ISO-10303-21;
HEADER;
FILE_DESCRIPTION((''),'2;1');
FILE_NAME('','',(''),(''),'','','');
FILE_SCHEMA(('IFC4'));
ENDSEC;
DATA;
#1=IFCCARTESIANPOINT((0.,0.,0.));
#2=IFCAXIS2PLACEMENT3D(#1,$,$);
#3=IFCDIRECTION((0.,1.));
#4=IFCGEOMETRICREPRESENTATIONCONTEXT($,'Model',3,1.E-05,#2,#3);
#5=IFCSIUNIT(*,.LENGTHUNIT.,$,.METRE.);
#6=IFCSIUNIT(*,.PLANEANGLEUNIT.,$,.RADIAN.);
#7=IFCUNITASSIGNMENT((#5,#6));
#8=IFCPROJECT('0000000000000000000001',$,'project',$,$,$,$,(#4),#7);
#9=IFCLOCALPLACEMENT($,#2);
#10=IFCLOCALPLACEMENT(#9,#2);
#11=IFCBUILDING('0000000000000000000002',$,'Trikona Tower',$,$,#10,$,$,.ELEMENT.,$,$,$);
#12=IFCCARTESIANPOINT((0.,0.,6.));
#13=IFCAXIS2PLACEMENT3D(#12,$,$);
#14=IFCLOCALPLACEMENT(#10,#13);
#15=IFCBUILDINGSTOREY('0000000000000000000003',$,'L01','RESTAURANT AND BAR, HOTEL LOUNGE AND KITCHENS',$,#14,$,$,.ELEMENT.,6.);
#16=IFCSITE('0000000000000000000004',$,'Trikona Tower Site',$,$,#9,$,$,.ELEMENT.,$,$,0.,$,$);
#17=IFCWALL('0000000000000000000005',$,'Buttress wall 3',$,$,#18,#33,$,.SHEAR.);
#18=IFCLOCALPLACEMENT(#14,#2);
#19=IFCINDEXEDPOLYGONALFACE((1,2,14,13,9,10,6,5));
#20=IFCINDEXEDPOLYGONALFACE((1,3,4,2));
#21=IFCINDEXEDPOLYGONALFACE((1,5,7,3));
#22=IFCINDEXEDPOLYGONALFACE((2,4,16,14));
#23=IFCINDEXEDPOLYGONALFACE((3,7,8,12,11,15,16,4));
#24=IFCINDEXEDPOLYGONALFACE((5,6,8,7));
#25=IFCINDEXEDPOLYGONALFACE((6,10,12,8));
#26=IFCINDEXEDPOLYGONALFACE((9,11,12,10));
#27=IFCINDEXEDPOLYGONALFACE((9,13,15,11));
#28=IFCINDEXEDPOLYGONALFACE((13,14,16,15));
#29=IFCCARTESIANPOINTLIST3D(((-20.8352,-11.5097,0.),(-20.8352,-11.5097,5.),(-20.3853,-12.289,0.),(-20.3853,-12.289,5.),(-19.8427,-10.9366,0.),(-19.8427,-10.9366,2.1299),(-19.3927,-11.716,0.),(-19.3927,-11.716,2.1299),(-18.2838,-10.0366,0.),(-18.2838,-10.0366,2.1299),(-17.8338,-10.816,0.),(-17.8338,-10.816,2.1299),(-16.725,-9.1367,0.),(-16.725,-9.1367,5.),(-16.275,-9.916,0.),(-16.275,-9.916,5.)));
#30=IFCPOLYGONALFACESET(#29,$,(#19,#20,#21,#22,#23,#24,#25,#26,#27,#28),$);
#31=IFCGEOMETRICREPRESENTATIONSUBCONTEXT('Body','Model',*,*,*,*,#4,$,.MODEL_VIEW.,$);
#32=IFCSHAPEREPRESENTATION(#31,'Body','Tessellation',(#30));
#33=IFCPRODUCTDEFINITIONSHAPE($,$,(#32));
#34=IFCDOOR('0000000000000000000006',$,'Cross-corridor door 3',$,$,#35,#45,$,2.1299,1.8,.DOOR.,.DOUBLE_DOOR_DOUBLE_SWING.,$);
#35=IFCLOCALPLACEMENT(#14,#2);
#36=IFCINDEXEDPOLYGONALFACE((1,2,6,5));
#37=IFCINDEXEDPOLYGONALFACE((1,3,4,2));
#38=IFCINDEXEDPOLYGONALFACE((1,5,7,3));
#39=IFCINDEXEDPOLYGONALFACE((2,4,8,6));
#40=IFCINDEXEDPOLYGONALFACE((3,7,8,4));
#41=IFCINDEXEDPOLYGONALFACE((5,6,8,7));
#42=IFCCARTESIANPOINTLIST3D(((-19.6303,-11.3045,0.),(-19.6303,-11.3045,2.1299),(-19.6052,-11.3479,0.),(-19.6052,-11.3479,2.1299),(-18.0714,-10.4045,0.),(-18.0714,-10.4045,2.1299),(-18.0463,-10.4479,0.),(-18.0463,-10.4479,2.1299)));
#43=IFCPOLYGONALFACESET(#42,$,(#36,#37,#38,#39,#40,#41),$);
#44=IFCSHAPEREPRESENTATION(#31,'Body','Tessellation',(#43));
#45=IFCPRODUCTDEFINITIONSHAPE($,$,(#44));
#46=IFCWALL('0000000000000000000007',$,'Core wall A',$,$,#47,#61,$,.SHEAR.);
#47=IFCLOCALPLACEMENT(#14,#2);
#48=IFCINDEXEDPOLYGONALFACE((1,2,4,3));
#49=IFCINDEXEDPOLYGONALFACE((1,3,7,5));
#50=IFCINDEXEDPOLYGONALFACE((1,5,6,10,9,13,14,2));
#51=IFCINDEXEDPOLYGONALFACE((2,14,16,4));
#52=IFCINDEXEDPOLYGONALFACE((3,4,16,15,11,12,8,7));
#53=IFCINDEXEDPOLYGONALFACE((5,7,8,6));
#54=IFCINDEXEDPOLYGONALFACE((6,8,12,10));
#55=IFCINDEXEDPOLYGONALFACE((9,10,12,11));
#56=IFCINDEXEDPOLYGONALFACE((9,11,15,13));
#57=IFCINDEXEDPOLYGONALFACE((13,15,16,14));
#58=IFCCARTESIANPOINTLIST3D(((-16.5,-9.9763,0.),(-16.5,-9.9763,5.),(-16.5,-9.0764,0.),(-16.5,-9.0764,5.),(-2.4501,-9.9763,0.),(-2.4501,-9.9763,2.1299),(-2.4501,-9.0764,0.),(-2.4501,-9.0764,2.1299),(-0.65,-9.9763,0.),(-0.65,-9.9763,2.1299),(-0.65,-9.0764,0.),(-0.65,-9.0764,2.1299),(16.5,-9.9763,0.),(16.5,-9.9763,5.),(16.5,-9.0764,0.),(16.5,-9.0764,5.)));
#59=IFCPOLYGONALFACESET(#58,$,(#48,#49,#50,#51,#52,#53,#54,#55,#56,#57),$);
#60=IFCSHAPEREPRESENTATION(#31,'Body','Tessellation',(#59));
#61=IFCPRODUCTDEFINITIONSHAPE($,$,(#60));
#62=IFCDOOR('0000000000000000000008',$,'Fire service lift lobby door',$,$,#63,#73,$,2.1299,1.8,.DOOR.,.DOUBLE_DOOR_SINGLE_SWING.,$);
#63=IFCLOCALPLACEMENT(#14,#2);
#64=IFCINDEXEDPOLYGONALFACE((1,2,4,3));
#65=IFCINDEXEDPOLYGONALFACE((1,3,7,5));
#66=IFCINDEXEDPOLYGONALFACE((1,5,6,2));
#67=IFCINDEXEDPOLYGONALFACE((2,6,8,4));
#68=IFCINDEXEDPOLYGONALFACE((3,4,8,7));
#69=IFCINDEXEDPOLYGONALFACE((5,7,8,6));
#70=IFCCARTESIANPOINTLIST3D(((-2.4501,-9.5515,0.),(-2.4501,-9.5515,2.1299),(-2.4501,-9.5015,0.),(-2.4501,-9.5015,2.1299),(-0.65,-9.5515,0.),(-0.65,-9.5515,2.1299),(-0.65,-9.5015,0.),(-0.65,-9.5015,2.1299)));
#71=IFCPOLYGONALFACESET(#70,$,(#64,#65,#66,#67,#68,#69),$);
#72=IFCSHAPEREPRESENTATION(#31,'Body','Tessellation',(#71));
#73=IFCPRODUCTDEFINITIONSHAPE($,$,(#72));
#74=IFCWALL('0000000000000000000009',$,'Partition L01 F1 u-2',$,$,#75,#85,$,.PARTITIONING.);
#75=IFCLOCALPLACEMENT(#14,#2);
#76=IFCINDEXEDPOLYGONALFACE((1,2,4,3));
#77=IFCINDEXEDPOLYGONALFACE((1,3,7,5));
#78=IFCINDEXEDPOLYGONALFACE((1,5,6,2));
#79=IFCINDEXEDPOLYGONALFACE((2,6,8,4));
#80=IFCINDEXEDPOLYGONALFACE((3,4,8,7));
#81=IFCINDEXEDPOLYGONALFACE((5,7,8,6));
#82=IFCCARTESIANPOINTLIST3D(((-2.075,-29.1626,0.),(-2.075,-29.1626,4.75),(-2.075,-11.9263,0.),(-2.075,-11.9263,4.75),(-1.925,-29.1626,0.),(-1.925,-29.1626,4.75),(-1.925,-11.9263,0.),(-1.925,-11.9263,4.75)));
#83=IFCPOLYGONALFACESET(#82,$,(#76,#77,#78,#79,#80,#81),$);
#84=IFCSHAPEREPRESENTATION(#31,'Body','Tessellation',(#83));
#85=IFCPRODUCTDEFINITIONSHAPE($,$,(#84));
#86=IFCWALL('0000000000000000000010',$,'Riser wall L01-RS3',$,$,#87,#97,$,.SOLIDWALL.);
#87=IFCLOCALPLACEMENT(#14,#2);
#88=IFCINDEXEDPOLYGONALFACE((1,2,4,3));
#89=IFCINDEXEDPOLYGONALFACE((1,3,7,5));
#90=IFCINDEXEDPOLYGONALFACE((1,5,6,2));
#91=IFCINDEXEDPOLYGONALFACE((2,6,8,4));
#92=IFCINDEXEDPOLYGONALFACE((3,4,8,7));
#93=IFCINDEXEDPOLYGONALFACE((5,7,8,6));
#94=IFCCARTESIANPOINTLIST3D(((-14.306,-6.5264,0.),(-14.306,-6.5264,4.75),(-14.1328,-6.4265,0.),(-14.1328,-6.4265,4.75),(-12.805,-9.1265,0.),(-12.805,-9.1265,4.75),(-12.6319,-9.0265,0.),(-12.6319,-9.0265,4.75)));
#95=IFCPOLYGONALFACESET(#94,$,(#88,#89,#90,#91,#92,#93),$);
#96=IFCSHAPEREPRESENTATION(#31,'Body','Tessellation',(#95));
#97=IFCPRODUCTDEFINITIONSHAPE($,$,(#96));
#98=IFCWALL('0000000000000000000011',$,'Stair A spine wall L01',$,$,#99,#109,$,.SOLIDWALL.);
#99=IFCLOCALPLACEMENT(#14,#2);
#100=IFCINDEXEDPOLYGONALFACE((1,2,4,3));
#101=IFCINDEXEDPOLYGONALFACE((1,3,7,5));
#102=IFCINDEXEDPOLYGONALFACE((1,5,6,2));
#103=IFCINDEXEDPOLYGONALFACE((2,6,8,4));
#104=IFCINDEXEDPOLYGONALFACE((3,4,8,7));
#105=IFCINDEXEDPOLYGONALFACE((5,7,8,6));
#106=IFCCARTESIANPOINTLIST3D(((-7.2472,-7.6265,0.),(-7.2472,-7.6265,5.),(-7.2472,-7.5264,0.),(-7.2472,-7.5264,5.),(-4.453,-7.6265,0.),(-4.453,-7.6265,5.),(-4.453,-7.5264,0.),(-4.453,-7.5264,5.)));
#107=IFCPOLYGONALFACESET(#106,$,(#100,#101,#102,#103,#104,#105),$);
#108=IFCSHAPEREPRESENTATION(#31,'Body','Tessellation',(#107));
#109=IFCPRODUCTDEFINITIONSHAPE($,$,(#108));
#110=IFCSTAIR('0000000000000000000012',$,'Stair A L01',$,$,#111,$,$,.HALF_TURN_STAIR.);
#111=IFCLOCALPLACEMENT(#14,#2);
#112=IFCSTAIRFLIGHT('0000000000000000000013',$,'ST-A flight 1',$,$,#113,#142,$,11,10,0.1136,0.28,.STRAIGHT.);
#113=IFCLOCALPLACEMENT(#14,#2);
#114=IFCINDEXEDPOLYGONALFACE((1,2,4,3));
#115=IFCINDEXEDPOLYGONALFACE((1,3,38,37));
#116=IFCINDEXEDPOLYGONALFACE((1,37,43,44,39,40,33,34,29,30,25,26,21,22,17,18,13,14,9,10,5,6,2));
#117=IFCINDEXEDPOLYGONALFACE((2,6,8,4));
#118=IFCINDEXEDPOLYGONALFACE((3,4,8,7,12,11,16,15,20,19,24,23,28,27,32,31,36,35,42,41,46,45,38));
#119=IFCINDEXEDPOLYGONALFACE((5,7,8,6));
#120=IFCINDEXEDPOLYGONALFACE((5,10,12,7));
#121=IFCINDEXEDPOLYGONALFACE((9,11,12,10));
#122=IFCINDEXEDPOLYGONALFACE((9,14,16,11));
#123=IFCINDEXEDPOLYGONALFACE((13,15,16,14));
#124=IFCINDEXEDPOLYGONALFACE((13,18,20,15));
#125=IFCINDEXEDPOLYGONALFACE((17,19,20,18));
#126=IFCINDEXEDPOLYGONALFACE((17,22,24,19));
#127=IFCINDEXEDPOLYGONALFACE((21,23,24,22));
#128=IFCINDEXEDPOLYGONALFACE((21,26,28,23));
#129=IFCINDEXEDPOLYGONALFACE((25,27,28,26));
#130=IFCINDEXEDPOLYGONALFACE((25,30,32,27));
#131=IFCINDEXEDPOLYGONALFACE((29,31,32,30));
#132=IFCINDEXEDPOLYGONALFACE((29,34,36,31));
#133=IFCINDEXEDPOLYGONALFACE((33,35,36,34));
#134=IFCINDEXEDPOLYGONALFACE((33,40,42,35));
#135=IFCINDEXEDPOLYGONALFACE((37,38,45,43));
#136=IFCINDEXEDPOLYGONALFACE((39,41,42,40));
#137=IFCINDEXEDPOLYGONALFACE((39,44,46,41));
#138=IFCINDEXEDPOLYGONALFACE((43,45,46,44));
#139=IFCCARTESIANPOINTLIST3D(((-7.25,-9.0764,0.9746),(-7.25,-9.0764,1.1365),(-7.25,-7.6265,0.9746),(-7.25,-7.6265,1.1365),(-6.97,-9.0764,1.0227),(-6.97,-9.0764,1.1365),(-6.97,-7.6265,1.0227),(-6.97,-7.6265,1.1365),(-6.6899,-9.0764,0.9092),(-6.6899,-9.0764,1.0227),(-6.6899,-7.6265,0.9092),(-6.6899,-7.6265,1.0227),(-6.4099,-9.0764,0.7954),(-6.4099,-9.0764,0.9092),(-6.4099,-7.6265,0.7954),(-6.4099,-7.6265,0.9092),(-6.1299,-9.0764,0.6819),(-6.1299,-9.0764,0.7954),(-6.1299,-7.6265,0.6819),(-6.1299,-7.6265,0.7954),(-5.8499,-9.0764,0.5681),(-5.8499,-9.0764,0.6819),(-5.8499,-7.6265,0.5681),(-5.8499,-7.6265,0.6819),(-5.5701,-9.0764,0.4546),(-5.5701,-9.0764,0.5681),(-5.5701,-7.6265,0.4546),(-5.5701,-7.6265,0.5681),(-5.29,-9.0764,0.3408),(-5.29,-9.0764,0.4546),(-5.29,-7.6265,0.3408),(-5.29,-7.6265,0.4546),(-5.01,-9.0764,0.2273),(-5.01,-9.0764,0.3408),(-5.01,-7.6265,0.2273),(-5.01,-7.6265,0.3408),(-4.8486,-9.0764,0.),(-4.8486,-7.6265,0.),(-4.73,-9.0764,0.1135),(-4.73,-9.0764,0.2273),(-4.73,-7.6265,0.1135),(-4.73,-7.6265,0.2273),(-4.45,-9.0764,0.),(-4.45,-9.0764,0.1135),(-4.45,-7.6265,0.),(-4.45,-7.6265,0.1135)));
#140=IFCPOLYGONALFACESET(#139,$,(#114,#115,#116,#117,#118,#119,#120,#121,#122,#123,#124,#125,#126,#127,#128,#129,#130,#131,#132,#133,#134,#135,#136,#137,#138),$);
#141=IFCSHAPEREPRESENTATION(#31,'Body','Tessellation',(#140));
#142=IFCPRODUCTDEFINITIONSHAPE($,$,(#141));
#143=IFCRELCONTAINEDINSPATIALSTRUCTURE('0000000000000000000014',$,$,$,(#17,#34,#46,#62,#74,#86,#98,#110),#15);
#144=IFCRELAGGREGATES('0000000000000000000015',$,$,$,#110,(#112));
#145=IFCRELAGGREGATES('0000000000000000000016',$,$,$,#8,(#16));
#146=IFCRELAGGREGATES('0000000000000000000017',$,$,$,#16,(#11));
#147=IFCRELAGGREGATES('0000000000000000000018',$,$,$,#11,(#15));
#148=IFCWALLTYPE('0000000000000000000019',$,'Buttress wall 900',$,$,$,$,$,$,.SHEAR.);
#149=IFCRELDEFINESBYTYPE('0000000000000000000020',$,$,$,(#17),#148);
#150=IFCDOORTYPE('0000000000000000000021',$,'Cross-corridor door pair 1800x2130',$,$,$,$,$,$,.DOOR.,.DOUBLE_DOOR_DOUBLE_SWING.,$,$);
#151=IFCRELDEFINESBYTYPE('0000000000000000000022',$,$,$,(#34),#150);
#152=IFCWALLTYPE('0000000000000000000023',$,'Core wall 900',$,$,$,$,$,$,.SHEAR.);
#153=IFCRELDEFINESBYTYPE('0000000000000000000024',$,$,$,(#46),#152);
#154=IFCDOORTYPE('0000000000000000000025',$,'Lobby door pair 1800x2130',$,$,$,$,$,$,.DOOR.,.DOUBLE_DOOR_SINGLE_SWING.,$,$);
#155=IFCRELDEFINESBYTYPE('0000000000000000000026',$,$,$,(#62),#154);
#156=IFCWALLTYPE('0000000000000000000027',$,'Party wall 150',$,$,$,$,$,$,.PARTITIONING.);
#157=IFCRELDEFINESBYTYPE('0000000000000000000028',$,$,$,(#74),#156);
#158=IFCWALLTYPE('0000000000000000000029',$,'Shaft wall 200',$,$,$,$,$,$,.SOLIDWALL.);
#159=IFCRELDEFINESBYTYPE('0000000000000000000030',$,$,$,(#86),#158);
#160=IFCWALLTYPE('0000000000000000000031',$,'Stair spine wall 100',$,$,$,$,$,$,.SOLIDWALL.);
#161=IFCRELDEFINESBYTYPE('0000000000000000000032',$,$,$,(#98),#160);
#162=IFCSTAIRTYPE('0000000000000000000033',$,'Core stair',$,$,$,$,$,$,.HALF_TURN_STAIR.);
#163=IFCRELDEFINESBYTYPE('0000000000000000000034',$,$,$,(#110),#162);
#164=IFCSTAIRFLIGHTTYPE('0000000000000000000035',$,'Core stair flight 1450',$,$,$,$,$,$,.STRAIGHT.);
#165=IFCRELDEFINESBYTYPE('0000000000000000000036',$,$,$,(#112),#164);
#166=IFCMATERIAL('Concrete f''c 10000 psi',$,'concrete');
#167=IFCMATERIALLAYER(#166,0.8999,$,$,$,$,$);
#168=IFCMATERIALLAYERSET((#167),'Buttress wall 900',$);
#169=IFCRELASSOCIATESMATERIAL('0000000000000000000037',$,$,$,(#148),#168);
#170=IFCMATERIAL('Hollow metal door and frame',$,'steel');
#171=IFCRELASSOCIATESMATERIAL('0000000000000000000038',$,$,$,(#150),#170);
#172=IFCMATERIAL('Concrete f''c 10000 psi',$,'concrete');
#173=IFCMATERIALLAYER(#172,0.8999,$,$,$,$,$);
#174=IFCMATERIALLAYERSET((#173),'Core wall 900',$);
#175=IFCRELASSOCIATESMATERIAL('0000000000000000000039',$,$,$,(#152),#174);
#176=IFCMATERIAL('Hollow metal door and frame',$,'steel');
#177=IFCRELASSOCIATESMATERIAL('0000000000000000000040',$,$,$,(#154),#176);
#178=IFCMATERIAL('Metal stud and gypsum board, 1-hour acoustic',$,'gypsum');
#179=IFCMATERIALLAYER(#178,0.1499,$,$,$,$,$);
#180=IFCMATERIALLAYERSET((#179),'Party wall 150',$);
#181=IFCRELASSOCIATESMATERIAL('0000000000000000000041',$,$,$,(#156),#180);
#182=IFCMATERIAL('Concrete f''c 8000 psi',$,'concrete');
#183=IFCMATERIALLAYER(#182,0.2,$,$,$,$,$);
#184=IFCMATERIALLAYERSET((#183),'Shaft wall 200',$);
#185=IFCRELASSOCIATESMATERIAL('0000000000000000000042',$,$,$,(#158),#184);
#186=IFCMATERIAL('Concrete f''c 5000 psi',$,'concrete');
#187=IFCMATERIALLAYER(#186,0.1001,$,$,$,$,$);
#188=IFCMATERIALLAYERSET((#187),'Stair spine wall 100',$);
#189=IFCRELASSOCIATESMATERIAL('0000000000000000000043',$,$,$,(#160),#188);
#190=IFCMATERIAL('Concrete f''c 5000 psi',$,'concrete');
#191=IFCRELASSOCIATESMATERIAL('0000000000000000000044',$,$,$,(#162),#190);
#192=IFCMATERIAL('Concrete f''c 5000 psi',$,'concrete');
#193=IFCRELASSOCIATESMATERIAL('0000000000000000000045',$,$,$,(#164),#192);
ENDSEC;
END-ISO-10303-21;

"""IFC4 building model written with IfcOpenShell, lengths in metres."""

from ifc_helpers import new_model, si_unit, direction, frame, frame_2d, origin, place, context, subcontext, project, spatial, polyline, rectangle, outline, extrude, material, layer, layer_set, type_object, element, fill, aggregate, save


model = new_model("IFC4")

# Units and contexts
model_context = context("Model", 3, precision=1e-05, world=origin(), true_north=direction((0.0, 1.0)))
body_context = subcontext(model_context, "Body", "Model", "MODEL_VIEW")
ifc_project = project(units=[si_unit("LENGTHUNIT", "METRE"), si_unit("PLANEANGLEUNIT", "RADIAN")], contexts=[model_context])

# Site, building, storey
site_placement = place(None, origin())
site = spatial("IfcSite", under=ifc_project, at=site_placement, Name="Trikona Tower Site", CompositionType="ELEMENT", RefElevation=0.0)
building_placement = place(site_placement, origin())
building = spatial("IfcBuilding", under=site, at=building_placement, Name="Trikona Tower", CompositionType="ELEMENT")
storey_placement = place(building_placement, frame((0.0, 0.0, 6.0)))
storey = spatial("IfcBuildingStorey", under=building, at=storey_placement, Name="L01", Description="RESTAURANT AND BAR, HOTEL LOUNGE AND KITCHENS", CompositionType="ELEMENT", Elevation=6.0)

# Walls, openings, doors
ifc_material_1 = material(Name="Concrete f'c 10000 psi", Category="concrete")
ifc_layer_1 = layer(ifc_material_1, 0.8999)
ifc_layer_set_1 = layer_set([ifc_layer_1], Name="Buttress wall 900")
wall_type_1 = type_object("IfcWallType", Name="Buttress wall 900", PredefinedType="SHEAR", material=ifc_layer_set_1)
wall_1_placement = place(storey_placement, frame((-16.5, -9.5264, 0.0), z_axis=(0.0, 0.0, 1.0), x_axis=(-0.866031, -0.49999, 0.0)))
wall_1 = element("IfcWall", 1, at=wall_1_placement, inside=storey, type_object=wall_type_1, Name="Buttress wall 3", PredefinedType="SHEAR", context=body_context, shape_type="SweptSolid", body=[
    extrude(rectangle(XDim=4.7461, YDim=0.8999, at=frame_2d((2.373, 0.0))), origin(), (0.0, 0.0, 1.0), 5.0),
])
opening_1_placement = place(wall_1_placement, frame((1.8, 0.0, 0.0)))
opening_1 = element("IfcOpeningElement", 2, at=opening_1_placement, cuts=wall_1, PredefinedType="OPENING", context=body_context, shape_type="SweptSolid", body=[
    extrude(rectangle(XDim=1.8, YDim=2.1299, at=frame_2d((0.8999, 1.0649))), frame((0.0, 0.46, 0.0), z_axis=(0.0, -1.0, 0.0), x_axis=(1.0, 0.0, 0.0)), (0.0, 0.0, 1.0), 0.9199),
])
ifc_material_2 = material(Name="Hollow metal door and frame", Category="steel")
door_type_1 = type_object("IfcDoorType", Name="Cross-corridor door pair 1800x2130", OperationType="DOUBLE_DOOR_DOUBLE_SWING", PredefinedType="DOOR", material=ifc_material_2)
door_1_placement = place(opening_1_placement, origin())
door_1 = element("IfcDoor", 3, at=door_1_placement, inside=storey, type_object=door_type_1, Name="Cross-corridor door 3", OperationType="DOUBLE_DOOR_DOUBLE_SWING", OverallHeight=2.1299, OverallWidth=1.8, PredefinedType="DOOR", context=body_context, shape_type="SweptSolid", body=[
    extrude(rectangle(XDim=1.8, YDim=2.1299, at=frame_2d((0.8999, 1.0649))), frame((0.0, 0.0249, 0.0), z_axis=(0.0, -1.0, 0.0), x_axis=(1.0, 0.0, 0.0)), (0.0, 0.0, 1.0), 0.05),
])
fill(opening_1, door_1)
ifc_material_3 = material(Name="Concrete f'c 10000 psi", Category="concrete")
ifc_layer_2 = layer(ifc_material_3, 0.8999)
ifc_layer_set_2 = layer_set([ifc_layer_2], Name="Core wall 900")
wall_type_2 = type_object("IfcWallType", Name="Core wall 900", PredefinedType="SHEAR", material=ifc_layer_set_2)
wall_2_placement = place(storey_placement, frame((-16.5, -9.5264, 0.0), z_axis=(0.0, 0.0, 1.0), x_axis=(1.0, 0.0, 0.0)))
wall_2 = element("IfcWall", 4, at=wall_2_placement, inside=storey, type_object=wall_type_2, Name="Core wall A", PredefinedType="SHEAR", context=body_context, shape_type="SweptSolid", body=[
    extrude(rectangle(XDim=33.0, YDim=0.8999, at=frame_2d((16.5, 0.0))), origin(), (0.0, 0.0, 1.0), 5.0),
])
opening_2_placement = place(wall_2_placement, frame((14.05, 0.0, 0.0)))
opening_2 = element("IfcOpeningElement", 5, at=opening_2_placement, cuts=wall_2, PredefinedType="OPENING", context=body_context, shape_type="SweptSolid", body=[
    extrude(rectangle(XDim=1.8, YDim=2.1299, at=frame_2d((0.8999, 1.0649))), frame((0.0, 0.46, 0.0), z_axis=(0.0, -1.0, 0.0), x_axis=(1.0, 0.0, 0.0)), (0.0, 0.0, 1.0), 0.9199),
])
ifc_material_4 = material(Name="Hollow metal door and frame", Category="steel")
door_type_2 = type_object("IfcDoorType", Name="Lobby door pair 1800x2130", OperationType="DOUBLE_DOOR_SINGLE_SWING", PredefinedType="DOOR", material=ifc_material_4)
door_2_placement = place(opening_2_placement, origin())
door_2 = element("IfcDoor", 6, at=door_2_placement, inside=storey, type_object=door_type_2, Name="Fire service lift lobby door", OperationType="DOUBLE_DOOR_SINGLE_SWING", OverallHeight=2.1299, OverallWidth=1.8, PredefinedType="DOOR", context=body_context, shape_type="SweptSolid", body=[
    extrude(rectangle(XDim=1.8, YDim=2.1299, at=frame_2d((0.8999, 1.0649))), frame((0.0, 0.0249, 0.0), z_axis=(0.0, -1.0, 0.0), x_axis=(1.0, 0.0, 0.0)), (0.0, 0.0, 1.0), 0.05),
])
fill(opening_2, door_2)

# Walls
ifc_material_5 = material(Name="Metal stud and gypsum board, 1-hour acoustic", Category="gypsum")
ifc_layer_3 = layer(ifc_material_5, 0.1499)
ifc_layer_set_3 = layer_set([ifc_layer_3], Name="Party wall 150")
wall_type_3 = type_object("IfcWallType", Name="Party wall 150", PredefinedType="PARTITIONING", material=ifc_layer_set_3)
wall_3_placement = place(storey_placement, frame((-2.0, -11.9263, 0.0), z_axis=(0.0, 0.0, 1.0), x_axis=(0.0, -1.0, 0.0)))
element("IfcWall", 7, at=wall_3_placement, inside=storey, type_object=wall_type_3, Name="Partition L01 F1 u-2", PredefinedType="PARTITIONING", context=body_context, shape_type="SweptSolid", body=[
    extrude(rectangle(XDim=17.2363, YDim=0.1499, at=frame_2d((8.6182, 0.0))), origin(), (0.0, 0.0, 1.0), 4.75),
])
ifc_material_6 = material(Name="Concrete f'c 8000 psi", Category="concrete")
ifc_layer_4 = layer(ifc_material_6, 0.2)
ifc_layer_set_4 = layer_set([ifc_layer_4], Name="Shaft wall 200")
wall_type_4 = type_object("IfcWallType", Name="Shaft wall 200", PredefinedType="SOLIDWALL", material=ifc_layer_set_4)
wall_4_placement = place(storey_placement, frame((-12.7185, -9.0764, 0.0), z_axis=(0.0, 0.0, 1.0), x_axis=(-0.499952, 0.866053, 0.0)))
element("IfcWall", 8, at=wall_4_placement, inside=storey, type_object=wall_type_4, Name="Riser wall L01-RS3", PredefinedType="SOLIDWALL", context=body_context, shape_type="SweptSolid", body=[
    extrude(rectangle(XDim=3.0022, YDim=0.2, at=frame_2d((1.501, 0.0))), origin(), (0.0, 0.0, 1.0), 4.75),
])
ifc_material_7 = material(Name="Concrete f'c 5000 psi", Category="concrete")
ifc_layer_5 = layer(ifc_material_7, 0.1001)
ifc_layer_set_5 = layer_set([ifc_layer_5], Name="Stair spine wall 100")
wall_type_5 = type_object("IfcWallType", Name="Stair spine wall 100", PredefinedType="SOLIDWALL", material=ifc_layer_set_5)
wall_5_placement = place(storey_placement, frame((-7.2471, -7.5764, 0.0), z_axis=(0.0, 0.0, 1.0), x_axis=(1.0, 0.0, 0.0)))
element("IfcWall", 9, at=wall_5_placement, inside=storey, type_object=wall_type_5, Name="Stair A spine wall L01", PredefinedType="SOLIDWALL", context=body_context, shape_type="SweptSolid", body=[
    extrude(rectangle(XDim=2.7942, YDim=0.1001, at=frame_2d((1.397, 0.0))), origin(), (0.0, 0.0, 1.0), 5.0),
])

# Stair, stair flight
ifc_material_8 = material(Name="Concrete f'c 5000 psi", Category="concrete")
stair_type = type_object("IfcStairType", Name="Core stair", PredefinedType="HALF_TURN_STAIR", material=ifc_material_8)
stair_placement = place(storey_placement, origin())
stair = element("IfcStair", 10, at=stair_placement, inside=storey, type_object=stair_type, Name="Stair A L01", PredefinedType="HALF_TURN_STAIR")
ifc_material_9 = material(Name="Concrete f'c 5000 psi", Category="concrete")
stair_flight_type = type_object("IfcStairFlightType", Name="Core stair flight 1450", PredefinedType="STRAIGHT", material=ifc_material_9)
stair_flight_1_placement = place(storey_placement, frame((-4.45, -8.3513, 0.0), z_axis=(0.0, 0.0, 1.0), x_axis=(-1.0, 0.0, 0.0)))
stair_flight_1 = element("IfcStairFlight", 11, at=stair_flight_1_placement, type_object=stair_flight_type, Name="ST-A flight 1", NumberOfRisers=11, NumberOfTreads=10, PredefinedType="STRAIGHT", RiserHeight=0.1136, TreadLength=0.28, context=body_context, shape_type="SweptSolid", body=[
    extrude(outline(polyline([(0.0, 0.0), (0.0, 0.1135), (0.28, 0.1135), (0.28, 0.2273), (0.5601, 0.2273), (0.5601, 0.3408), (0.8401, 0.3408), (0.8401, 0.4546), (1.1201, 0.4546), (1.1201, 0.5681), (1.3999, 0.5681), (1.3999, 0.6819), (1.6799, 0.6819), (1.6799, 0.7954), (1.96, 0.7954), (1.96, 0.9092), (2.24, 0.9092), (2.24, 1.0227), (2.52, 1.0227), (2.52, 1.1365), (2.8, 1.1365), (2.8, 1.25), (2.8, 0.9746), (0.3987, 0.0), (0.0, 0.0)])), frame((0.0, 0.7251, 0.0), z_axis=(0.0, -1.0, 0.0), x_axis=(1.0, 0.0, 0.0)), (0.0, 0.0, 1.0), 1.45),
])
aggregate(stair, [stair_flight_1])

save(model, "model.ifc")
